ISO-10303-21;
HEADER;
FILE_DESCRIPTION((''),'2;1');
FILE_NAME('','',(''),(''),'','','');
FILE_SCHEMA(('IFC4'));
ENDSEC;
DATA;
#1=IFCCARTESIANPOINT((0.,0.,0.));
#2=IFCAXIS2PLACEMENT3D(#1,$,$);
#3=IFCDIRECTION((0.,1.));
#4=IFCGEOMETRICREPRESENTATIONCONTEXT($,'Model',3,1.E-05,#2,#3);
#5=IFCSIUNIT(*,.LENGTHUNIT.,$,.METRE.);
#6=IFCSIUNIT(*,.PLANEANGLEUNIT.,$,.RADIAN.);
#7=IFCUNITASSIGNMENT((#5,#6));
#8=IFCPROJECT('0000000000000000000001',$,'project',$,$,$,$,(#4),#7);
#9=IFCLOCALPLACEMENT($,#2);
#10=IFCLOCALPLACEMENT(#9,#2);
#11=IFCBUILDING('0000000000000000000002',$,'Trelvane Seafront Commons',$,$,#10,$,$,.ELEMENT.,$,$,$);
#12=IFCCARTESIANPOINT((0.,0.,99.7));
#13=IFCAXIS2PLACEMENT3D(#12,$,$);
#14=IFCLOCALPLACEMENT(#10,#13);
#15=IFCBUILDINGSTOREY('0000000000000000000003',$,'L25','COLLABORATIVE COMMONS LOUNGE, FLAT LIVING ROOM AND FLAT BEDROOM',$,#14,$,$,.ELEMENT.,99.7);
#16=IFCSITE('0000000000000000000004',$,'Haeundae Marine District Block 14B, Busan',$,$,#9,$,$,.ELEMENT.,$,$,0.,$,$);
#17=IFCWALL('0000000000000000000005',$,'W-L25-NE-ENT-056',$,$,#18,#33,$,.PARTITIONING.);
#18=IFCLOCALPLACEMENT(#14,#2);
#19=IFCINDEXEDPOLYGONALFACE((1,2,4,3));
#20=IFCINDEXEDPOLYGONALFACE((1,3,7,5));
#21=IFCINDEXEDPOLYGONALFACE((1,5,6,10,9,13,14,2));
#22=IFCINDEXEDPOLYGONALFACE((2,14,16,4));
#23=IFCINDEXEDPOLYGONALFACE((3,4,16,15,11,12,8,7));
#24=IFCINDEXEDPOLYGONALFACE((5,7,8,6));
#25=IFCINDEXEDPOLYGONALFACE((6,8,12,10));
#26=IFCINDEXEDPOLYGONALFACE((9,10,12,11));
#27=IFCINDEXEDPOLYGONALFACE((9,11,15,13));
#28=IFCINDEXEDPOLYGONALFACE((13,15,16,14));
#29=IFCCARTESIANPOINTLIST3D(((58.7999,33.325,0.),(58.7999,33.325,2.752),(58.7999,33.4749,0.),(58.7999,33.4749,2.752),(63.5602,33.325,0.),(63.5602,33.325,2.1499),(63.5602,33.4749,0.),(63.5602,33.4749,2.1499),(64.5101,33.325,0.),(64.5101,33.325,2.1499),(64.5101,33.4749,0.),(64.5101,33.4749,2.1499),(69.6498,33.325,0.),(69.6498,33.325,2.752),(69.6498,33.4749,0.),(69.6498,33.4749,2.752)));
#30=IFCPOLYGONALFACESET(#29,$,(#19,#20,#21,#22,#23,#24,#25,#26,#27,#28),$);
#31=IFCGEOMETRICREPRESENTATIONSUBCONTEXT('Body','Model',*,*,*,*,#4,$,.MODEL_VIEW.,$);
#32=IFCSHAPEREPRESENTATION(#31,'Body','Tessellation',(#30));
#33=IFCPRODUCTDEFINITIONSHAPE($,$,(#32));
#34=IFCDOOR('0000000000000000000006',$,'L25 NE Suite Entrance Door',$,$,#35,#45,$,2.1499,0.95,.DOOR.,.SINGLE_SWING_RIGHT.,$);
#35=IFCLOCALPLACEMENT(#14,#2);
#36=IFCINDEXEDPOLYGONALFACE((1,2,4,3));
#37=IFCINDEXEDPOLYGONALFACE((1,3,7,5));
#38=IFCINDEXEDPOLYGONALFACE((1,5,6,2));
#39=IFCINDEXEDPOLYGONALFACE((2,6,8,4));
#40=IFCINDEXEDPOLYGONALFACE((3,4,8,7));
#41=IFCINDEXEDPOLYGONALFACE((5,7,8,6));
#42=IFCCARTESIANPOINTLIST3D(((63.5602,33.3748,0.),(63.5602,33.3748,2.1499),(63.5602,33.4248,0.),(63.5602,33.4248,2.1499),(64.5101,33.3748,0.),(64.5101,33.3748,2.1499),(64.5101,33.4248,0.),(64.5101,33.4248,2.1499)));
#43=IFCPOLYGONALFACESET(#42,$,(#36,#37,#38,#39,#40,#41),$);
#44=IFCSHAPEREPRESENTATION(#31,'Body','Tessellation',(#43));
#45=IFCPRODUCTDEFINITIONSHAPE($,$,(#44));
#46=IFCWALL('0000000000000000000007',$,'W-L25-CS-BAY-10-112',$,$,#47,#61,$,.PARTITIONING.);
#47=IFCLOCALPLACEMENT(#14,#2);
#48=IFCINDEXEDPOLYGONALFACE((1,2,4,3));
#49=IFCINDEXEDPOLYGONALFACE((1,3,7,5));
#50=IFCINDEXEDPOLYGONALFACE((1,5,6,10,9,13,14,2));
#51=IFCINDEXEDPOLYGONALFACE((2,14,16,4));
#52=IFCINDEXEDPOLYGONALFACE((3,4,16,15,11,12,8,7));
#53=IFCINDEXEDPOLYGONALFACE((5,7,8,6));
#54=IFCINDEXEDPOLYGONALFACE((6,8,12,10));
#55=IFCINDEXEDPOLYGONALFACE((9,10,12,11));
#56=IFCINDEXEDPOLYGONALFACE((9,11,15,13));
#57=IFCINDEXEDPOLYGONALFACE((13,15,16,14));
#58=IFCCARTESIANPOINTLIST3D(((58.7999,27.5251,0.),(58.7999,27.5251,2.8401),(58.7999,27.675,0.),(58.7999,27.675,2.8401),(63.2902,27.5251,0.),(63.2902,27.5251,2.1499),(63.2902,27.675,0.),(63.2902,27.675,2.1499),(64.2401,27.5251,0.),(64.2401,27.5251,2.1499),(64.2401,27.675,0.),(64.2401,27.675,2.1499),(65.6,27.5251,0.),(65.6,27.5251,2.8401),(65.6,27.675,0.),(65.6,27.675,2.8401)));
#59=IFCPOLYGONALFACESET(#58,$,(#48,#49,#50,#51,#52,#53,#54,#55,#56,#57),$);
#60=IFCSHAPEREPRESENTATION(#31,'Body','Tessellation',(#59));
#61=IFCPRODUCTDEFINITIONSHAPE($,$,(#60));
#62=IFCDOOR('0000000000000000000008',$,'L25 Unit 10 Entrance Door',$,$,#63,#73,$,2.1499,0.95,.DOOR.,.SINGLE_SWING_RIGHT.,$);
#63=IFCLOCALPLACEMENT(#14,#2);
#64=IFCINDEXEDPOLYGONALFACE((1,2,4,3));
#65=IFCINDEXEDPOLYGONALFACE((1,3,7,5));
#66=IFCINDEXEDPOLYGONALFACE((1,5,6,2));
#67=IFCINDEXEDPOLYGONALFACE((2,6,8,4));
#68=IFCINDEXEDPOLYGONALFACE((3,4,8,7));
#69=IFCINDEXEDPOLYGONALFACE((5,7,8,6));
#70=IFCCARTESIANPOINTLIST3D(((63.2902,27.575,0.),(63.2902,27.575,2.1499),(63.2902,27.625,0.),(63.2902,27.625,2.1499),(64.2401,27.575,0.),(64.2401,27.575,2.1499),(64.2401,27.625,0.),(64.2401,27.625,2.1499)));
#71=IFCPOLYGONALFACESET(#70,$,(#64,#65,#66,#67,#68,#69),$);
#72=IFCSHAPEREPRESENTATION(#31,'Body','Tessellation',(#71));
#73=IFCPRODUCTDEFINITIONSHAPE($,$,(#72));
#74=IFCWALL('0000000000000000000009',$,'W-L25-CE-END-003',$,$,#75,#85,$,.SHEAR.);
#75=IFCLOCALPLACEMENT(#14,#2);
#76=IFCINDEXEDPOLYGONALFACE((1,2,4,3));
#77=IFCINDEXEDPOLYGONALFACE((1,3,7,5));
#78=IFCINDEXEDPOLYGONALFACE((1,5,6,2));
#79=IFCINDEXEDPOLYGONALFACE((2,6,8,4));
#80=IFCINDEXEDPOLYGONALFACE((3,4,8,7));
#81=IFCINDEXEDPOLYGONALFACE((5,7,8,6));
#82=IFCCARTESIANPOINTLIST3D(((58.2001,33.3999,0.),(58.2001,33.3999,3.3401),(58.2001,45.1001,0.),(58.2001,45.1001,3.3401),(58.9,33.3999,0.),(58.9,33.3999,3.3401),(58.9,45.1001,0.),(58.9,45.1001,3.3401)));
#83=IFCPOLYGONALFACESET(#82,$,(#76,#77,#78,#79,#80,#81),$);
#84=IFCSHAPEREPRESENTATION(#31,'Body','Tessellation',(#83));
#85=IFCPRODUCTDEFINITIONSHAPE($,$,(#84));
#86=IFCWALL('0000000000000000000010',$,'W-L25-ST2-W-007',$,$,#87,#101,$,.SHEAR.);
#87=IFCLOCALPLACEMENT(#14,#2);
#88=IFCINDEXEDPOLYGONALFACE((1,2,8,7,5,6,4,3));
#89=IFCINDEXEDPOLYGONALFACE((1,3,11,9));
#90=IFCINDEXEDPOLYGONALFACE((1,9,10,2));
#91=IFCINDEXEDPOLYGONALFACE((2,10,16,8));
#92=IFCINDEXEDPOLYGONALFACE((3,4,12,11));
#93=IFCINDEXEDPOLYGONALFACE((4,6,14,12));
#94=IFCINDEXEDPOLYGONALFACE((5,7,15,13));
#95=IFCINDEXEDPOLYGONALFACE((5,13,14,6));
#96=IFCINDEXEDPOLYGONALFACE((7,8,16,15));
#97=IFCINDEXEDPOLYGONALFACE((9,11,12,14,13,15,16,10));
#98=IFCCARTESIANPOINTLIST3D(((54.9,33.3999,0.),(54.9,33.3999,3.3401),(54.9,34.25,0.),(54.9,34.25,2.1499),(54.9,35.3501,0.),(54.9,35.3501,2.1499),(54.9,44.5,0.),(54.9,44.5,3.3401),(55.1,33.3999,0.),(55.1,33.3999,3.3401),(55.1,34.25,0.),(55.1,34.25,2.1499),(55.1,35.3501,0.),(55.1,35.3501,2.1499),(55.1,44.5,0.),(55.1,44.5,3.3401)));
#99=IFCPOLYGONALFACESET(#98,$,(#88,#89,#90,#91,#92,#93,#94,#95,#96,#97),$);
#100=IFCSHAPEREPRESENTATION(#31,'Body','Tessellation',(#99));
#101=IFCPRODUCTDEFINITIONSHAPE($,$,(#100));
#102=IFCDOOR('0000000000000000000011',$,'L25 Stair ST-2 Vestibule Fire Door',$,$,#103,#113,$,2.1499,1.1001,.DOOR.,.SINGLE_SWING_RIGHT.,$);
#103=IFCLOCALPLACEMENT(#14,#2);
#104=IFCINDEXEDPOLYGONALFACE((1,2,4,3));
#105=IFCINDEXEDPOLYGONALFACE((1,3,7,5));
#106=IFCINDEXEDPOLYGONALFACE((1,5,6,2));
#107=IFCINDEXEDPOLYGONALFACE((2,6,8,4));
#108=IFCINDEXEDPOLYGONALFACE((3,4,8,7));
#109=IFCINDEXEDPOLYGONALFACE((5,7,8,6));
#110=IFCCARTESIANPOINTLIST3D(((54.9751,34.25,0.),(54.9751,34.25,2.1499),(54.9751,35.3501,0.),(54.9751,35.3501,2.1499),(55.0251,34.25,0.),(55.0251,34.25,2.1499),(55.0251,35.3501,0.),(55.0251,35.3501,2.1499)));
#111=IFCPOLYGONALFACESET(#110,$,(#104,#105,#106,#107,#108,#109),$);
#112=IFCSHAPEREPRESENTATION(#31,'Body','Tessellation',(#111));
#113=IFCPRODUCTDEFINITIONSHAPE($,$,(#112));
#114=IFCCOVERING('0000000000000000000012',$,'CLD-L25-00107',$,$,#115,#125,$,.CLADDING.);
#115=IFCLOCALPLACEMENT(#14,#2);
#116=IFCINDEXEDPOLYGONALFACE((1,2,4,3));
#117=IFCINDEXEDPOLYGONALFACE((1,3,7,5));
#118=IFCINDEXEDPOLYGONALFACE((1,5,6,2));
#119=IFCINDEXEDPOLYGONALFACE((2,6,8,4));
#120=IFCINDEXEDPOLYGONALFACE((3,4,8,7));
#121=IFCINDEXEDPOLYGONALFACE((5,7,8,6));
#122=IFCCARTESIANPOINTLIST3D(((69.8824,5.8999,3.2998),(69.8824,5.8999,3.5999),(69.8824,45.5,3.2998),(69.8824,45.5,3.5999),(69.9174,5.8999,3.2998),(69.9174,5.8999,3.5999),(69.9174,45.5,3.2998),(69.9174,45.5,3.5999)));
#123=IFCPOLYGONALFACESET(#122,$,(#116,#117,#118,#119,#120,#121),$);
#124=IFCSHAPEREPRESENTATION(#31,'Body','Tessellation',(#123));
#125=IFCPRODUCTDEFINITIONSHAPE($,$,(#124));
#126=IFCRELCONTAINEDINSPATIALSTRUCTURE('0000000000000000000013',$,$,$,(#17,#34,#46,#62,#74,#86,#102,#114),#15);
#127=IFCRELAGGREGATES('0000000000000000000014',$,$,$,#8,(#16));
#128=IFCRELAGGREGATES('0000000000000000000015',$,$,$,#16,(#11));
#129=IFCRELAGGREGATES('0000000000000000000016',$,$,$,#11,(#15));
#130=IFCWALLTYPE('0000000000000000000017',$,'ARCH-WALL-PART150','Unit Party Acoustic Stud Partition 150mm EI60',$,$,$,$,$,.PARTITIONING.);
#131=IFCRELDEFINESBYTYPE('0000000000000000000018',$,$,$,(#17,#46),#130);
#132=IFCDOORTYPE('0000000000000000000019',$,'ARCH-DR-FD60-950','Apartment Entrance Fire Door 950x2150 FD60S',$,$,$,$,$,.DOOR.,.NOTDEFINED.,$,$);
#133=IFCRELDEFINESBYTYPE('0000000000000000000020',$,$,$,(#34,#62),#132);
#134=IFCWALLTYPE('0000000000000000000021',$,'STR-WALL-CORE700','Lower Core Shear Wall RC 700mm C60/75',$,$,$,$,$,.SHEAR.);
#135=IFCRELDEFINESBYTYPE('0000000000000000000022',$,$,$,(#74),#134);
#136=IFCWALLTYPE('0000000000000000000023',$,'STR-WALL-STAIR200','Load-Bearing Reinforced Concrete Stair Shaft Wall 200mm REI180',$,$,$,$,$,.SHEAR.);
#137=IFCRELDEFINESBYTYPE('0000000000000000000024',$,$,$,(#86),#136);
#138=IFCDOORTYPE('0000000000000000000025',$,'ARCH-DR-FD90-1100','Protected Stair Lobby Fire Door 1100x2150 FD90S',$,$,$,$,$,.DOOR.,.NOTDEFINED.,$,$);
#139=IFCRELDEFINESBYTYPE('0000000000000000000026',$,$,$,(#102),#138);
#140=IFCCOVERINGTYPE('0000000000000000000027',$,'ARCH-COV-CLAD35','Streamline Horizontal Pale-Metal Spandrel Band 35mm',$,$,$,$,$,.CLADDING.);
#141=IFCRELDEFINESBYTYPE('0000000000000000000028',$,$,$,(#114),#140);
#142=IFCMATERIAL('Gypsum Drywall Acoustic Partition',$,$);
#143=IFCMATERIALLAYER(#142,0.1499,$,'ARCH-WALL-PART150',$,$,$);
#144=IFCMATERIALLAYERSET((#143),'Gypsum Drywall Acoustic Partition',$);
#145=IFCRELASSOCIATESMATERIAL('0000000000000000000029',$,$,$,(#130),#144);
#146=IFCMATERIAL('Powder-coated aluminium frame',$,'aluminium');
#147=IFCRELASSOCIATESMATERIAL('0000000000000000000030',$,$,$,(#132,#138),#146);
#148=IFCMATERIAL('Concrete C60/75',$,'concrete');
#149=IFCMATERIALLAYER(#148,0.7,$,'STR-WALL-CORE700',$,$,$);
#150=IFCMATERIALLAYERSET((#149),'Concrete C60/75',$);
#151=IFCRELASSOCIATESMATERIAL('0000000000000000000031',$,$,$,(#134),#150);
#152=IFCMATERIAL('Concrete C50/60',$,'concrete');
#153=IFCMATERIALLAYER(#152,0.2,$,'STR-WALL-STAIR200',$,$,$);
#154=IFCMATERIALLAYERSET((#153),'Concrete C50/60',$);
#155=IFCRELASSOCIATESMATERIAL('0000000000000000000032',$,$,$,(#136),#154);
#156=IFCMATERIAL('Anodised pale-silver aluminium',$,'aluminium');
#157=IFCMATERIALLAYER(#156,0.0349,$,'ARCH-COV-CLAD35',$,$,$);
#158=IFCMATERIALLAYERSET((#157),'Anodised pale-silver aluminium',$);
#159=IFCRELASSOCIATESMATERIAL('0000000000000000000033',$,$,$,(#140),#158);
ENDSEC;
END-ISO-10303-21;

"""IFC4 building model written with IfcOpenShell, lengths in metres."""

from ifc_helpers import new_model, si_unit, direction, frame, frame_2d, origin, origin_2d, place, context, subcontext, project, spatial, rectangle, extrude, source, transform, mapped, material, layer, layer_set, type_object, element, fill, save


model = new_model("IFC4")

# Units and contexts
model_context = context("Model", 3, precision=1e-05, world=origin(), true_north=direction((0.0, 1.0)))
body_context = subcontext(model_context, "Body", "Model", "MODEL_VIEW")
ifc_project = project(units=[si_unit("LENGTHUNIT", "METRE"), si_unit("PLANEANGLEUNIT", "RADIAN")], contexts=[model_context])

# Site, building, storey
site_placement = place(None, origin())
site = spatial("IfcSite", under=ifc_project, at=site_placement, Name="Haeundae Marine District Block 14B, Busan", CompositionType="ELEMENT", RefElevation=0.0)
building_placement = place(site_placement, origin())
building = spatial("IfcBuilding", under=site, at=building_placement, Name="Trelvane Seafront Commons", CompositionType="ELEMENT")
storey_placement = place(building_placement, frame((0.0, 0.0, 99.7)))
storey = spatial("IfcBuildingStorey", under=building, at=storey_placement, Name="L25", Description="COLLABORATIVE COMMONS LOUNGE, FLAT LIVING ROOM AND FLAT BEDROOM", CompositionType="ELEMENT", Elevation=99.7)

# Shared definitions
ifc_material_1 = material(Name="Concrete C60/75", Category="concrete")

# Shared definitions
ifc_material_2 = material(Name="Gypsum Drywall Acoustic Partition")
shared_shape_1 = source(origin(), body_context, "Body", "SweptSolid", [
    extrude(rectangle(XDim=0.95, YDim=2.1499, at=frame_2d((0.4751, 1.075))), frame((0.0, 0.0249, 0.0), z_axis=(0.0, -1.0, 0.0), x_axis=(1.0, 0.0, 0.0)), (0.0, 0.0, 1.0), 0.05),
])

# Walls, openings, doors
ifc_layer_1 = layer(ifc_material_2, 0.1499, Name="ARCH-WALL-PART150")
ifc_layer_set_1 = layer_set([ifc_layer_1], Name="Gypsum Drywall Acoustic Partition")
wall_type_1 = type_object("IfcWallType", Name="ARCH-WALL-PART150", Description="Unit Party Acoustic Stud Partition 150mm EI60", PredefinedType="PARTITIONING", material=ifc_layer_set_1)
wall_1_placement = place(storey_placement, frame((58.8, 33.3999, 0.0), z_axis=(0.0, 0.0, 1.0), x_axis=(1.0, 0.0, 0.0)))
wall_1 = element("IfcWall", 1, at=wall_1_placement, inside=storey, type_object=wall_type_1, Name="W-L25-NE-ENT-056", PredefinedType="PARTITIONING", context=body_context, shape_type="SweptSolid", body=[
    extrude(rectangle(XDim=10.8499, YDim=0.1499, at=frame_2d((5.4248, 0.0))), origin(), (0.0, 0.0, 1.0), 2.752),
])
opening_1_placement = place(wall_1_placement, frame((4.76, 0.0, 0.0)))
opening_1 = element("IfcOpeningElement", 2, at=opening_1_placement, cuts=wall_1, PredefinedType="OPENING", context=body_context, shape_type="SweptSolid", body=[
    extrude(rectangle(XDim=0.95, YDim=2.1499, at=frame_2d((0.4751, 1.075))), frame((0.0, 0.085, 0.0), z_axis=(0.0, -1.0, 0.0), x_axis=(1.0, 0.0, 0.0)), (0.0, 0.0, 1.0), 0.1699),
])
ifc_material_3 = material(Name="Powder-coated aluminium frame", Category="aluminium")
door_type_1 = type_object("IfcDoorType", Name="ARCH-DR-FD60-950", Description="Apartment Entrance Fire Door 950x2150 FD60S", OperationType="NOTDEFINED", PredefinedType="DOOR", material=ifc_material_3)
door_1_placement = place(opening_1_placement, origin())
door_1 = element("IfcDoor", 3, at=door_1_placement, inside=storey, type_object=door_type_1, Name="L25 NE Suite Entrance Door", OperationType="SINGLE_SWING_RIGHT", OverallHeight=2.1499, OverallWidth=0.95, PredefinedType="DOOR", context=body_context, shape_type="MappedRepresentation", body=[
    mapped(shared_shape_1, transform((0.0, 0.0, 0.0), x_axis=(1.0, 0.0, 0.0), y_axis=(0.0, 1.0, 0.0), z_axis=(0.0, 0.0, 1.0), scale=1.0)),
])
fill(opening_1, door_1)
wall_2_placement = place(storey_placement, frame((58.8, 27.6001, 0.0), z_axis=(0.0, 0.0, 1.0), x_axis=(1.0, 0.0, 0.0)))
wall_2 = element("IfcWall", 4, at=wall_2_placement, inside=storey, type_object=wall_type_1, Name="W-L25-CS-BAY-10-112", PredefinedType="PARTITIONING", context=body_context, shape_type="SweptSolid", body=[
    extrude(rectangle(XDim=6.8, YDim=0.1499, at=frame_2d((3.3999, 0.0))), origin(), (0.0, 0.0, 1.0), 2.8401),
])
opening_2_placement = place(wall_2_placement, frame((4.49, 0.0, 0.0)))
opening_2 = element("IfcOpeningElement", 5, at=opening_2_placement, cuts=wall_2, PredefinedType="OPENING", context=body_context, shape_type="SweptSolid", body=[
    extrude(rectangle(XDim=0.95, YDim=2.1499, at=frame_2d((0.4751, 1.075))), frame((0.0, 0.085, 0.0), z_axis=(0.0, -1.0, 0.0), x_axis=(1.0, 0.0, 0.0)), (0.0, 0.0, 1.0), 0.1699),
])
door_2_placement = place(opening_2_placement, origin())
door_2 = element("IfcDoor", 6, at=door_2_placement, inside=storey, type_object=door_type_1, Name="L25 Unit 10 Entrance Door", OperationType="SINGLE_SWING_RIGHT", OverallHeight=2.1499, OverallWidth=0.95, PredefinedType="DOOR", context=body_context, shape_type="MappedRepresentation", body=[
    mapped(shared_shape_1, transform((0.0, 0.0, 0.0), x_axis=(1.0, 0.0, 0.0), y_axis=(0.0, 1.0, 0.0), z_axis=(0.0, 0.0, 1.0), scale=1.0)),
])
fill(opening_2, door_2)

# Wall
ifc_layer_2 = layer(ifc_material_1, 0.7, Name="STR-WALL-CORE700")
ifc_layer_set_2 = layer_set([ifc_layer_2], Name="Concrete C60/75")
wall_type_2 = type_object("IfcWallType", Name="STR-WALL-CORE700", Description="Lower Core Shear Wall RC 700mm C60/75", PredefinedType="SHEAR", material=ifc_layer_set_2)
wall_3_placement = place(storey_placement, frame((58.55, 33.3999, 0.0), z_axis=(0.0, 0.0, 1.0), x_axis=(0.0, 1.0, 0.0)))
element("IfcWall", 7, at=wall_3_placement, inside=storey, type_object=wall_type_2, Name="W-L25-CE-END-003", PredefinedType="SHEAR", context=body_context, shape_type="SweptSolid", body=[
    extrude(rectangle(XDim=11.7002, YDim=0.7, at=frame_2d((5.8501, 0.0))), origin(), (0.0, 0.0, 1.0), 3.3401),
])

# Wall, opening, door
ifc_material_4 = material(Name="Concrete C50/60", Category="concrete")
ifc_layer_3 = layer(ifc_material_4, 0.2, Name="STR-WALL-STAIR200")
ifc_layer_set_3 = layer_set([ifc_layer_3], Name="Concrete C50/60")
wall_type_3 = type_object("IfcWallType", Name="STR-WALL-STAIR200", Description="Load-Bearing Reinforced Concrete Stair Shaft Wall 200mm REI180", PredefinedType="SHEAR", material=ifc_layer_set_3)
wall_4_placement = place(storey_placement, frame((55.0, 33.3999, 0.0), z_axis=(0.0, 0.0, 1.0), x_axis=(0.0, 1.0, 0.0)))
wall_4 = element("IfcWall", 8, at=wall_4_placement, inside=storey, type_object=wall_type_3, Name="W-L25-ST2-W-007", PredefinedType="SHEAR", context=body_context, shape_type="SweptSolid", body=[
    extrude(rectangle(XDim=11.1001, YDim=0.2, at=frame_2d((5.55, 0.0))), origin(), (0.0, 0.0, 1.0), 3.3401),
])
opening_3_placement = place(wall_4_placement, frame((0.8501, 0.0, 0.0)))
opening_3 = element("IfcOpeningElement", 9, at=opening_3_placement, cuts=wall_4, PredefinedType="OPENING", context=body_context, shape_type="SweptSolid", body=[
    extrude(rectangle(XDim=1.1001, YDim=2.1499, at=frame_2d((0.55, 1.075))), frame((0.0, 0.1099, 0.0), z_axis=(0.0, -1.0, 0.0), x_axis=(1.0, 0.0, 0.0)), (0.0, 0.0, 1.0), 0.22),
])
door_type_2 = type_object("IfcDoorType", Name="ARCH-DR-FD90-1100", Description="Protected Stair Lobby Fire Door 1100x2150 FD90S", OperationType="NOTDEFINED", PredefinedType="DOOR", material=ifc_material_3)
shared_shape_2 = source(origin(), body_context, "Body", "SweptSolid", [
    extrude(rectangle(XDim=1.1001, YDim=2.1499, at=frame_2d((0.55, 1.075))), frame((0.0, 0.0249, 0.0), z_axis=(0.0, -1.0, 0.0), x_axis=(1.0, 0.0, 0.0)), (0.0, 0.0, 1.0), 0.05),
])
door_3_placement = place(opening_3_placement, origin())
door_3 = element("IfcDoor", 10, at=door_3_placement, inside=storey, type_object=door_type_2, Name="L25 Stair ST-2 Vestibule Fire Door", OperationType="SINGLE_SWING_RIGHT", OverallHeight=2.1499, OverallWidth=1.1001, PredefinedType="DOOR", context=body_context, shape_type="MappedRepresentation", body=[
    mapped(shared_shape_2, transform((0.0, 0.0, 0.0), x_axis=(1.0, 0.0, 0.0), y_axis=(0.0, 1.0, 0.0), z_axis=(0.0, 0.0, 1.0), scale=1.0)),
])
fill(opening_3, door_3)

# Covering
ifc_material_5 = material(Name="Anodised pale-silver aluminium", Category="aluminium")
ifc_layer_4 = layer(ifc_material_5, 0.0349, Name="ARCH-COV-CLAD35")
ifc_layer_set_4 = layer_set([ifc_layer_4], Name="Anodised pale-silver aluminium")
covering_type = type_object("IfcCoveringType", Name="ARCH-COV-CLAD35", Description="Streamline Horizontal Pale-Metal Spandrel Band 35mm", PredefinedType="CLADDING", material=ifc_layer_set_4)
shared_shape_3 = source(origin(), body_context, "Body", "SweptSolid", [
    extrude(rectangle(XDim=39.6001, YDim=0.0349, at=origin_2d()), origin(), (0.0, 0.0, 1.0), 0.3),
])
covering_placement = place(storey_placement, frame((69.8999, 25.7, 3.2998), z_axis=(0.0, 0.0, 1.0), x_axis=(0.0, -1.0, 0.0)))
element("IfcCovering", 11, at=covering_placement, inside=storey, type_object=covering_type, Name="CLD-L25-00107", PredefinedType="CLADDING", context=body_context, shape_type="MappedRepresentation", body=[
    mapped(shared_shape_3, transform((0.0, 0.0, 0.0), x_axis=(1.0, 0.0, 0.0), y_axis=(0.0, 1.0, 0.0), z_axis=(0.0, 0.0, 1.0), scale=1.0)),
])

save(model, "model.ifc")
